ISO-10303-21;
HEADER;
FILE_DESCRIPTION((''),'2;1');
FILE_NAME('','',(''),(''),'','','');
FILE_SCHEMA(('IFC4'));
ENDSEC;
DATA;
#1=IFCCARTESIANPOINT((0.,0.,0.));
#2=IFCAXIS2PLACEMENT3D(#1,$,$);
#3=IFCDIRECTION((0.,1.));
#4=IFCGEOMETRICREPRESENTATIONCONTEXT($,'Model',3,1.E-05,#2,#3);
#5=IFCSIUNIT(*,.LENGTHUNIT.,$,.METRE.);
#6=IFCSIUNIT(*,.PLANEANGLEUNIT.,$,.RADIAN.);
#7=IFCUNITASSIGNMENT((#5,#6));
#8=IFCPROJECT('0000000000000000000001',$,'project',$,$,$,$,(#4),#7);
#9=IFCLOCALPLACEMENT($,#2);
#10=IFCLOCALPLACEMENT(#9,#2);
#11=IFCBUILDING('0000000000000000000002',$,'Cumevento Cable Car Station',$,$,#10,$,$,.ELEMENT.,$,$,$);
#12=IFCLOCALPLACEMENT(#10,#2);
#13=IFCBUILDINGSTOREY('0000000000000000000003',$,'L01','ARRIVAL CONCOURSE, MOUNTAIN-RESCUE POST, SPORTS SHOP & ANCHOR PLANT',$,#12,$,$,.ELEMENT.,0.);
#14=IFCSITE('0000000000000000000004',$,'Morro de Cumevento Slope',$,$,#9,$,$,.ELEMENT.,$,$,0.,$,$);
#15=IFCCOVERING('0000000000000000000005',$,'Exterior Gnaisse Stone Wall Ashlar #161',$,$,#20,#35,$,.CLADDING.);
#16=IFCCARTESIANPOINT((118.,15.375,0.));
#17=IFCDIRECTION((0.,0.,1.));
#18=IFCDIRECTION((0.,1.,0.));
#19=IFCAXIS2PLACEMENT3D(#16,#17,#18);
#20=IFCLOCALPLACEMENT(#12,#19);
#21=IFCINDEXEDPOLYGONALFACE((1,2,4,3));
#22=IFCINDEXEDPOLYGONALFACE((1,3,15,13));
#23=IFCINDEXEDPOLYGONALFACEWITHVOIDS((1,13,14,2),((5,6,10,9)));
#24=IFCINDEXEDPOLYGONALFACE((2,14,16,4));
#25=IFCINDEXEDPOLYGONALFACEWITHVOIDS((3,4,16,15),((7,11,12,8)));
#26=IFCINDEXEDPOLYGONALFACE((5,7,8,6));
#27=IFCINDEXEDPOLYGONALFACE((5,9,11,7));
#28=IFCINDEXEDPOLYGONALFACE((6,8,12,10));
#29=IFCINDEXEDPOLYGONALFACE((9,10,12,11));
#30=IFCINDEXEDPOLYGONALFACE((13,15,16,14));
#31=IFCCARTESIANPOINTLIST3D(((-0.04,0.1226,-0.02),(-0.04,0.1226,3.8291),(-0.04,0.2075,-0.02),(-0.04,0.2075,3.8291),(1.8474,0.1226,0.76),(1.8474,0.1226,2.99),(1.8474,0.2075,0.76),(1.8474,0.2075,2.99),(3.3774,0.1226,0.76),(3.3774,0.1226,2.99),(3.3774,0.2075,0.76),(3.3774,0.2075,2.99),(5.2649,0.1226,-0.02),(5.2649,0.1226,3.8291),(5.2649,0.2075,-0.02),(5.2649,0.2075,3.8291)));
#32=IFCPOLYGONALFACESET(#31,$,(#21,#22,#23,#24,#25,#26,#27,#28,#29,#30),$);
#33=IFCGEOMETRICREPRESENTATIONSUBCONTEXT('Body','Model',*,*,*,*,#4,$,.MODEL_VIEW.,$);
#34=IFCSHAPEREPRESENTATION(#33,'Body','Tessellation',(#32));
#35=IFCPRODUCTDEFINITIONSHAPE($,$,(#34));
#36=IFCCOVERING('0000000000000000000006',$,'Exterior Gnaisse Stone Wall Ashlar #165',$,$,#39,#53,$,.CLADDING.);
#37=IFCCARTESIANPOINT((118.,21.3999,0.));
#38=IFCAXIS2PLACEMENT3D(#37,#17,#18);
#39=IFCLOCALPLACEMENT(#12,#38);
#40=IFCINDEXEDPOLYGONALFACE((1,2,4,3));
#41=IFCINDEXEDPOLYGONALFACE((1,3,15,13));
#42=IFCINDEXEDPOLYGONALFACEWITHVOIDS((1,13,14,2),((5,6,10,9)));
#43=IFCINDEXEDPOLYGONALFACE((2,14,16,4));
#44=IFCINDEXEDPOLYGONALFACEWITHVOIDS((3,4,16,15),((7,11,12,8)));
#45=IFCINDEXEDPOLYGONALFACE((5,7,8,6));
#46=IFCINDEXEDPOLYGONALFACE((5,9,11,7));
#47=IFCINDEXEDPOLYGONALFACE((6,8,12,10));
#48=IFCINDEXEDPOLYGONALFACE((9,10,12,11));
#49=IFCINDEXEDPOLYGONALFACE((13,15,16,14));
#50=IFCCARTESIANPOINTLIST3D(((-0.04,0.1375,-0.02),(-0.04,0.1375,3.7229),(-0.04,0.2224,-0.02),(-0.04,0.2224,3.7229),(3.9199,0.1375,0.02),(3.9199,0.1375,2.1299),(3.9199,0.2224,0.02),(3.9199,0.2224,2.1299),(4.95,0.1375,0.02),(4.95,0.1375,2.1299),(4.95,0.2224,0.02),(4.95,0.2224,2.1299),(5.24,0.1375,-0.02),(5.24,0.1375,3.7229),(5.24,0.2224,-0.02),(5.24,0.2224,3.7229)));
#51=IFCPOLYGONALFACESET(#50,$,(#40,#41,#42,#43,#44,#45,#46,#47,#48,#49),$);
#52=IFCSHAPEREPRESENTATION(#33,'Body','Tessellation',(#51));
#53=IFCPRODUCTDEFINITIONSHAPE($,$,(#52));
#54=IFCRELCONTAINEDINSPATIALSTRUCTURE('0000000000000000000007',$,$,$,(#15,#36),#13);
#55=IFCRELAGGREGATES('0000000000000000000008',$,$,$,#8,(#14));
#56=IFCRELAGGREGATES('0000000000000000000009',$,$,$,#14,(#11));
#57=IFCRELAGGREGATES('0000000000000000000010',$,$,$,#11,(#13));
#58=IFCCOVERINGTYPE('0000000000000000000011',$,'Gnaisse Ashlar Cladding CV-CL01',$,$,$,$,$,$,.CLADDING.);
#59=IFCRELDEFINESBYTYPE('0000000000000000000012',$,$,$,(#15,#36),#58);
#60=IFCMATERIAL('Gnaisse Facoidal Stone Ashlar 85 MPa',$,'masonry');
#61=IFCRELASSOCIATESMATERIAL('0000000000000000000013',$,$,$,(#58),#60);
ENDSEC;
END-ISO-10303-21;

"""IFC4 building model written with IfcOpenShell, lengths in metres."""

from ifc_helpers import new_model, si_unit, direction, frame, origin, place, context, subcontext, project, spatial, polyline, outline, extrude, material, type_object, element, save


model = new_model("IFC4")

# Units and contexts
model_context = context("Model", 3, precision=1e-05, world=origin(), true_north=direction((0.0, 1.0)))
body_context = subcontext(model_context, "Body", "Model", "MODEL_VIEW")
ifc_project = project(units=[si_unit("LENGTHUNIT", "METRE"), si_unit("PLANEANGLEUNIT", "RADIAN")], contexts=[model_context])

# Site, building, storey
site_placement = place(None, origin())
site = spatial("IfcSite", under=ifc_project, at=site_placement, Name="Morro de Cumevento Slope", CompositionType="ELEMENT", RefElevation=0.0)
building_placement = place(site_placement, origin())
building = spatial("IfcBuilding", under=site, at=building_placement, Name="Cumevento Cable Car Station", CompositionType="ELEMENT")
storey_placement = place(building_placement, origin())
storey = spatial("IfcBuildingStorey", under=building, at=storey_placement, Name="L01", Description="ARRIVAL CONCOURSE, MOUNTAIN-RESCUE POST, SPORTS SHOP & ANCHOR PLANT", CompositionType="ELEMENT", Elevation=0.0)

# Coverings
ifc_material_1 = material(Name="Gnaisse Facoidal Stone Ashlar 85 MPa", Category="masonry")
covering_type = type_object("IfcCoveringType", Name="Gnaisse Ashlar Cladding CV-CL01", PredefinedType="CLADDING", material=ifc_material_1)
covering_1_placement = place(storey_placement, frame((118.0, 15.375, 0.0), z_axis=(0.0, 0.0, 1.0), x_axis=(0.0, 1.0, 0.0)))
element("IfcCovering", 1, at=covering_1_placement, inside=storey, type_object=covering_type, Name="Exterior Gnaisse Stone Wall Ashlar #161", PredefinedType="CLADDING", context=body_context, shape_type="SweptSolid", body=[
    extrude(outline(polyline([(-0.04, -0.02), (5.2649, -0.02), (5.2649, 3.8291), (-0.04, 3.8291), (-0.04, -0.02)]), holes=[polyline([(1.8474, 0.76), (3.3774, 0.76), (3.3774, 2.99), (1.8474, 2.99), (1.8474, 0.76)])]), frame((0.0, 0.2075, 0.0), z_axis=(0.0, -1.0, 0.0), x_axis=(1.0, 0.0, 0.0)), (0.0, 0.0, 1.0), 0.085),
])
covering_2_placement = place(storey_placement, frame((118.0, 21.3999, 0.0), z_axis=(0.0, 0.0, 1.0), x_axis=(0.0, 1.0, 0.0)))
element("IfcCovering", 2, at=covering_2_placement, inside=storey, type_object=covering_type, Name="Exterior Gnaisse Stone Wall Ashlar #165", PredefinedType="CLADDING", context=body_context, shape_type="SweptSolid", body=[
    extrude(outline(polyline([(-0.04, -0.02), (5.24, -0.02), (5.24, 3.7229), (-0.04, 3.7229), (-0.04, -0.02)]), holes=[polyline([(3.9199, 0.02), (4.95, 0.02), (4.95, 2.1299), (3.9199, 2.1299), (3.9199, 0.02)])]), frame((0.0, 0.2224, 0.0), z_axis=(0.0, -1.0, 0.0), x_axis=(1.0, 0.0, 0.0)), (0.0, 0.0, 1.0), 0.085),
])

save(model, "model.ifc")
